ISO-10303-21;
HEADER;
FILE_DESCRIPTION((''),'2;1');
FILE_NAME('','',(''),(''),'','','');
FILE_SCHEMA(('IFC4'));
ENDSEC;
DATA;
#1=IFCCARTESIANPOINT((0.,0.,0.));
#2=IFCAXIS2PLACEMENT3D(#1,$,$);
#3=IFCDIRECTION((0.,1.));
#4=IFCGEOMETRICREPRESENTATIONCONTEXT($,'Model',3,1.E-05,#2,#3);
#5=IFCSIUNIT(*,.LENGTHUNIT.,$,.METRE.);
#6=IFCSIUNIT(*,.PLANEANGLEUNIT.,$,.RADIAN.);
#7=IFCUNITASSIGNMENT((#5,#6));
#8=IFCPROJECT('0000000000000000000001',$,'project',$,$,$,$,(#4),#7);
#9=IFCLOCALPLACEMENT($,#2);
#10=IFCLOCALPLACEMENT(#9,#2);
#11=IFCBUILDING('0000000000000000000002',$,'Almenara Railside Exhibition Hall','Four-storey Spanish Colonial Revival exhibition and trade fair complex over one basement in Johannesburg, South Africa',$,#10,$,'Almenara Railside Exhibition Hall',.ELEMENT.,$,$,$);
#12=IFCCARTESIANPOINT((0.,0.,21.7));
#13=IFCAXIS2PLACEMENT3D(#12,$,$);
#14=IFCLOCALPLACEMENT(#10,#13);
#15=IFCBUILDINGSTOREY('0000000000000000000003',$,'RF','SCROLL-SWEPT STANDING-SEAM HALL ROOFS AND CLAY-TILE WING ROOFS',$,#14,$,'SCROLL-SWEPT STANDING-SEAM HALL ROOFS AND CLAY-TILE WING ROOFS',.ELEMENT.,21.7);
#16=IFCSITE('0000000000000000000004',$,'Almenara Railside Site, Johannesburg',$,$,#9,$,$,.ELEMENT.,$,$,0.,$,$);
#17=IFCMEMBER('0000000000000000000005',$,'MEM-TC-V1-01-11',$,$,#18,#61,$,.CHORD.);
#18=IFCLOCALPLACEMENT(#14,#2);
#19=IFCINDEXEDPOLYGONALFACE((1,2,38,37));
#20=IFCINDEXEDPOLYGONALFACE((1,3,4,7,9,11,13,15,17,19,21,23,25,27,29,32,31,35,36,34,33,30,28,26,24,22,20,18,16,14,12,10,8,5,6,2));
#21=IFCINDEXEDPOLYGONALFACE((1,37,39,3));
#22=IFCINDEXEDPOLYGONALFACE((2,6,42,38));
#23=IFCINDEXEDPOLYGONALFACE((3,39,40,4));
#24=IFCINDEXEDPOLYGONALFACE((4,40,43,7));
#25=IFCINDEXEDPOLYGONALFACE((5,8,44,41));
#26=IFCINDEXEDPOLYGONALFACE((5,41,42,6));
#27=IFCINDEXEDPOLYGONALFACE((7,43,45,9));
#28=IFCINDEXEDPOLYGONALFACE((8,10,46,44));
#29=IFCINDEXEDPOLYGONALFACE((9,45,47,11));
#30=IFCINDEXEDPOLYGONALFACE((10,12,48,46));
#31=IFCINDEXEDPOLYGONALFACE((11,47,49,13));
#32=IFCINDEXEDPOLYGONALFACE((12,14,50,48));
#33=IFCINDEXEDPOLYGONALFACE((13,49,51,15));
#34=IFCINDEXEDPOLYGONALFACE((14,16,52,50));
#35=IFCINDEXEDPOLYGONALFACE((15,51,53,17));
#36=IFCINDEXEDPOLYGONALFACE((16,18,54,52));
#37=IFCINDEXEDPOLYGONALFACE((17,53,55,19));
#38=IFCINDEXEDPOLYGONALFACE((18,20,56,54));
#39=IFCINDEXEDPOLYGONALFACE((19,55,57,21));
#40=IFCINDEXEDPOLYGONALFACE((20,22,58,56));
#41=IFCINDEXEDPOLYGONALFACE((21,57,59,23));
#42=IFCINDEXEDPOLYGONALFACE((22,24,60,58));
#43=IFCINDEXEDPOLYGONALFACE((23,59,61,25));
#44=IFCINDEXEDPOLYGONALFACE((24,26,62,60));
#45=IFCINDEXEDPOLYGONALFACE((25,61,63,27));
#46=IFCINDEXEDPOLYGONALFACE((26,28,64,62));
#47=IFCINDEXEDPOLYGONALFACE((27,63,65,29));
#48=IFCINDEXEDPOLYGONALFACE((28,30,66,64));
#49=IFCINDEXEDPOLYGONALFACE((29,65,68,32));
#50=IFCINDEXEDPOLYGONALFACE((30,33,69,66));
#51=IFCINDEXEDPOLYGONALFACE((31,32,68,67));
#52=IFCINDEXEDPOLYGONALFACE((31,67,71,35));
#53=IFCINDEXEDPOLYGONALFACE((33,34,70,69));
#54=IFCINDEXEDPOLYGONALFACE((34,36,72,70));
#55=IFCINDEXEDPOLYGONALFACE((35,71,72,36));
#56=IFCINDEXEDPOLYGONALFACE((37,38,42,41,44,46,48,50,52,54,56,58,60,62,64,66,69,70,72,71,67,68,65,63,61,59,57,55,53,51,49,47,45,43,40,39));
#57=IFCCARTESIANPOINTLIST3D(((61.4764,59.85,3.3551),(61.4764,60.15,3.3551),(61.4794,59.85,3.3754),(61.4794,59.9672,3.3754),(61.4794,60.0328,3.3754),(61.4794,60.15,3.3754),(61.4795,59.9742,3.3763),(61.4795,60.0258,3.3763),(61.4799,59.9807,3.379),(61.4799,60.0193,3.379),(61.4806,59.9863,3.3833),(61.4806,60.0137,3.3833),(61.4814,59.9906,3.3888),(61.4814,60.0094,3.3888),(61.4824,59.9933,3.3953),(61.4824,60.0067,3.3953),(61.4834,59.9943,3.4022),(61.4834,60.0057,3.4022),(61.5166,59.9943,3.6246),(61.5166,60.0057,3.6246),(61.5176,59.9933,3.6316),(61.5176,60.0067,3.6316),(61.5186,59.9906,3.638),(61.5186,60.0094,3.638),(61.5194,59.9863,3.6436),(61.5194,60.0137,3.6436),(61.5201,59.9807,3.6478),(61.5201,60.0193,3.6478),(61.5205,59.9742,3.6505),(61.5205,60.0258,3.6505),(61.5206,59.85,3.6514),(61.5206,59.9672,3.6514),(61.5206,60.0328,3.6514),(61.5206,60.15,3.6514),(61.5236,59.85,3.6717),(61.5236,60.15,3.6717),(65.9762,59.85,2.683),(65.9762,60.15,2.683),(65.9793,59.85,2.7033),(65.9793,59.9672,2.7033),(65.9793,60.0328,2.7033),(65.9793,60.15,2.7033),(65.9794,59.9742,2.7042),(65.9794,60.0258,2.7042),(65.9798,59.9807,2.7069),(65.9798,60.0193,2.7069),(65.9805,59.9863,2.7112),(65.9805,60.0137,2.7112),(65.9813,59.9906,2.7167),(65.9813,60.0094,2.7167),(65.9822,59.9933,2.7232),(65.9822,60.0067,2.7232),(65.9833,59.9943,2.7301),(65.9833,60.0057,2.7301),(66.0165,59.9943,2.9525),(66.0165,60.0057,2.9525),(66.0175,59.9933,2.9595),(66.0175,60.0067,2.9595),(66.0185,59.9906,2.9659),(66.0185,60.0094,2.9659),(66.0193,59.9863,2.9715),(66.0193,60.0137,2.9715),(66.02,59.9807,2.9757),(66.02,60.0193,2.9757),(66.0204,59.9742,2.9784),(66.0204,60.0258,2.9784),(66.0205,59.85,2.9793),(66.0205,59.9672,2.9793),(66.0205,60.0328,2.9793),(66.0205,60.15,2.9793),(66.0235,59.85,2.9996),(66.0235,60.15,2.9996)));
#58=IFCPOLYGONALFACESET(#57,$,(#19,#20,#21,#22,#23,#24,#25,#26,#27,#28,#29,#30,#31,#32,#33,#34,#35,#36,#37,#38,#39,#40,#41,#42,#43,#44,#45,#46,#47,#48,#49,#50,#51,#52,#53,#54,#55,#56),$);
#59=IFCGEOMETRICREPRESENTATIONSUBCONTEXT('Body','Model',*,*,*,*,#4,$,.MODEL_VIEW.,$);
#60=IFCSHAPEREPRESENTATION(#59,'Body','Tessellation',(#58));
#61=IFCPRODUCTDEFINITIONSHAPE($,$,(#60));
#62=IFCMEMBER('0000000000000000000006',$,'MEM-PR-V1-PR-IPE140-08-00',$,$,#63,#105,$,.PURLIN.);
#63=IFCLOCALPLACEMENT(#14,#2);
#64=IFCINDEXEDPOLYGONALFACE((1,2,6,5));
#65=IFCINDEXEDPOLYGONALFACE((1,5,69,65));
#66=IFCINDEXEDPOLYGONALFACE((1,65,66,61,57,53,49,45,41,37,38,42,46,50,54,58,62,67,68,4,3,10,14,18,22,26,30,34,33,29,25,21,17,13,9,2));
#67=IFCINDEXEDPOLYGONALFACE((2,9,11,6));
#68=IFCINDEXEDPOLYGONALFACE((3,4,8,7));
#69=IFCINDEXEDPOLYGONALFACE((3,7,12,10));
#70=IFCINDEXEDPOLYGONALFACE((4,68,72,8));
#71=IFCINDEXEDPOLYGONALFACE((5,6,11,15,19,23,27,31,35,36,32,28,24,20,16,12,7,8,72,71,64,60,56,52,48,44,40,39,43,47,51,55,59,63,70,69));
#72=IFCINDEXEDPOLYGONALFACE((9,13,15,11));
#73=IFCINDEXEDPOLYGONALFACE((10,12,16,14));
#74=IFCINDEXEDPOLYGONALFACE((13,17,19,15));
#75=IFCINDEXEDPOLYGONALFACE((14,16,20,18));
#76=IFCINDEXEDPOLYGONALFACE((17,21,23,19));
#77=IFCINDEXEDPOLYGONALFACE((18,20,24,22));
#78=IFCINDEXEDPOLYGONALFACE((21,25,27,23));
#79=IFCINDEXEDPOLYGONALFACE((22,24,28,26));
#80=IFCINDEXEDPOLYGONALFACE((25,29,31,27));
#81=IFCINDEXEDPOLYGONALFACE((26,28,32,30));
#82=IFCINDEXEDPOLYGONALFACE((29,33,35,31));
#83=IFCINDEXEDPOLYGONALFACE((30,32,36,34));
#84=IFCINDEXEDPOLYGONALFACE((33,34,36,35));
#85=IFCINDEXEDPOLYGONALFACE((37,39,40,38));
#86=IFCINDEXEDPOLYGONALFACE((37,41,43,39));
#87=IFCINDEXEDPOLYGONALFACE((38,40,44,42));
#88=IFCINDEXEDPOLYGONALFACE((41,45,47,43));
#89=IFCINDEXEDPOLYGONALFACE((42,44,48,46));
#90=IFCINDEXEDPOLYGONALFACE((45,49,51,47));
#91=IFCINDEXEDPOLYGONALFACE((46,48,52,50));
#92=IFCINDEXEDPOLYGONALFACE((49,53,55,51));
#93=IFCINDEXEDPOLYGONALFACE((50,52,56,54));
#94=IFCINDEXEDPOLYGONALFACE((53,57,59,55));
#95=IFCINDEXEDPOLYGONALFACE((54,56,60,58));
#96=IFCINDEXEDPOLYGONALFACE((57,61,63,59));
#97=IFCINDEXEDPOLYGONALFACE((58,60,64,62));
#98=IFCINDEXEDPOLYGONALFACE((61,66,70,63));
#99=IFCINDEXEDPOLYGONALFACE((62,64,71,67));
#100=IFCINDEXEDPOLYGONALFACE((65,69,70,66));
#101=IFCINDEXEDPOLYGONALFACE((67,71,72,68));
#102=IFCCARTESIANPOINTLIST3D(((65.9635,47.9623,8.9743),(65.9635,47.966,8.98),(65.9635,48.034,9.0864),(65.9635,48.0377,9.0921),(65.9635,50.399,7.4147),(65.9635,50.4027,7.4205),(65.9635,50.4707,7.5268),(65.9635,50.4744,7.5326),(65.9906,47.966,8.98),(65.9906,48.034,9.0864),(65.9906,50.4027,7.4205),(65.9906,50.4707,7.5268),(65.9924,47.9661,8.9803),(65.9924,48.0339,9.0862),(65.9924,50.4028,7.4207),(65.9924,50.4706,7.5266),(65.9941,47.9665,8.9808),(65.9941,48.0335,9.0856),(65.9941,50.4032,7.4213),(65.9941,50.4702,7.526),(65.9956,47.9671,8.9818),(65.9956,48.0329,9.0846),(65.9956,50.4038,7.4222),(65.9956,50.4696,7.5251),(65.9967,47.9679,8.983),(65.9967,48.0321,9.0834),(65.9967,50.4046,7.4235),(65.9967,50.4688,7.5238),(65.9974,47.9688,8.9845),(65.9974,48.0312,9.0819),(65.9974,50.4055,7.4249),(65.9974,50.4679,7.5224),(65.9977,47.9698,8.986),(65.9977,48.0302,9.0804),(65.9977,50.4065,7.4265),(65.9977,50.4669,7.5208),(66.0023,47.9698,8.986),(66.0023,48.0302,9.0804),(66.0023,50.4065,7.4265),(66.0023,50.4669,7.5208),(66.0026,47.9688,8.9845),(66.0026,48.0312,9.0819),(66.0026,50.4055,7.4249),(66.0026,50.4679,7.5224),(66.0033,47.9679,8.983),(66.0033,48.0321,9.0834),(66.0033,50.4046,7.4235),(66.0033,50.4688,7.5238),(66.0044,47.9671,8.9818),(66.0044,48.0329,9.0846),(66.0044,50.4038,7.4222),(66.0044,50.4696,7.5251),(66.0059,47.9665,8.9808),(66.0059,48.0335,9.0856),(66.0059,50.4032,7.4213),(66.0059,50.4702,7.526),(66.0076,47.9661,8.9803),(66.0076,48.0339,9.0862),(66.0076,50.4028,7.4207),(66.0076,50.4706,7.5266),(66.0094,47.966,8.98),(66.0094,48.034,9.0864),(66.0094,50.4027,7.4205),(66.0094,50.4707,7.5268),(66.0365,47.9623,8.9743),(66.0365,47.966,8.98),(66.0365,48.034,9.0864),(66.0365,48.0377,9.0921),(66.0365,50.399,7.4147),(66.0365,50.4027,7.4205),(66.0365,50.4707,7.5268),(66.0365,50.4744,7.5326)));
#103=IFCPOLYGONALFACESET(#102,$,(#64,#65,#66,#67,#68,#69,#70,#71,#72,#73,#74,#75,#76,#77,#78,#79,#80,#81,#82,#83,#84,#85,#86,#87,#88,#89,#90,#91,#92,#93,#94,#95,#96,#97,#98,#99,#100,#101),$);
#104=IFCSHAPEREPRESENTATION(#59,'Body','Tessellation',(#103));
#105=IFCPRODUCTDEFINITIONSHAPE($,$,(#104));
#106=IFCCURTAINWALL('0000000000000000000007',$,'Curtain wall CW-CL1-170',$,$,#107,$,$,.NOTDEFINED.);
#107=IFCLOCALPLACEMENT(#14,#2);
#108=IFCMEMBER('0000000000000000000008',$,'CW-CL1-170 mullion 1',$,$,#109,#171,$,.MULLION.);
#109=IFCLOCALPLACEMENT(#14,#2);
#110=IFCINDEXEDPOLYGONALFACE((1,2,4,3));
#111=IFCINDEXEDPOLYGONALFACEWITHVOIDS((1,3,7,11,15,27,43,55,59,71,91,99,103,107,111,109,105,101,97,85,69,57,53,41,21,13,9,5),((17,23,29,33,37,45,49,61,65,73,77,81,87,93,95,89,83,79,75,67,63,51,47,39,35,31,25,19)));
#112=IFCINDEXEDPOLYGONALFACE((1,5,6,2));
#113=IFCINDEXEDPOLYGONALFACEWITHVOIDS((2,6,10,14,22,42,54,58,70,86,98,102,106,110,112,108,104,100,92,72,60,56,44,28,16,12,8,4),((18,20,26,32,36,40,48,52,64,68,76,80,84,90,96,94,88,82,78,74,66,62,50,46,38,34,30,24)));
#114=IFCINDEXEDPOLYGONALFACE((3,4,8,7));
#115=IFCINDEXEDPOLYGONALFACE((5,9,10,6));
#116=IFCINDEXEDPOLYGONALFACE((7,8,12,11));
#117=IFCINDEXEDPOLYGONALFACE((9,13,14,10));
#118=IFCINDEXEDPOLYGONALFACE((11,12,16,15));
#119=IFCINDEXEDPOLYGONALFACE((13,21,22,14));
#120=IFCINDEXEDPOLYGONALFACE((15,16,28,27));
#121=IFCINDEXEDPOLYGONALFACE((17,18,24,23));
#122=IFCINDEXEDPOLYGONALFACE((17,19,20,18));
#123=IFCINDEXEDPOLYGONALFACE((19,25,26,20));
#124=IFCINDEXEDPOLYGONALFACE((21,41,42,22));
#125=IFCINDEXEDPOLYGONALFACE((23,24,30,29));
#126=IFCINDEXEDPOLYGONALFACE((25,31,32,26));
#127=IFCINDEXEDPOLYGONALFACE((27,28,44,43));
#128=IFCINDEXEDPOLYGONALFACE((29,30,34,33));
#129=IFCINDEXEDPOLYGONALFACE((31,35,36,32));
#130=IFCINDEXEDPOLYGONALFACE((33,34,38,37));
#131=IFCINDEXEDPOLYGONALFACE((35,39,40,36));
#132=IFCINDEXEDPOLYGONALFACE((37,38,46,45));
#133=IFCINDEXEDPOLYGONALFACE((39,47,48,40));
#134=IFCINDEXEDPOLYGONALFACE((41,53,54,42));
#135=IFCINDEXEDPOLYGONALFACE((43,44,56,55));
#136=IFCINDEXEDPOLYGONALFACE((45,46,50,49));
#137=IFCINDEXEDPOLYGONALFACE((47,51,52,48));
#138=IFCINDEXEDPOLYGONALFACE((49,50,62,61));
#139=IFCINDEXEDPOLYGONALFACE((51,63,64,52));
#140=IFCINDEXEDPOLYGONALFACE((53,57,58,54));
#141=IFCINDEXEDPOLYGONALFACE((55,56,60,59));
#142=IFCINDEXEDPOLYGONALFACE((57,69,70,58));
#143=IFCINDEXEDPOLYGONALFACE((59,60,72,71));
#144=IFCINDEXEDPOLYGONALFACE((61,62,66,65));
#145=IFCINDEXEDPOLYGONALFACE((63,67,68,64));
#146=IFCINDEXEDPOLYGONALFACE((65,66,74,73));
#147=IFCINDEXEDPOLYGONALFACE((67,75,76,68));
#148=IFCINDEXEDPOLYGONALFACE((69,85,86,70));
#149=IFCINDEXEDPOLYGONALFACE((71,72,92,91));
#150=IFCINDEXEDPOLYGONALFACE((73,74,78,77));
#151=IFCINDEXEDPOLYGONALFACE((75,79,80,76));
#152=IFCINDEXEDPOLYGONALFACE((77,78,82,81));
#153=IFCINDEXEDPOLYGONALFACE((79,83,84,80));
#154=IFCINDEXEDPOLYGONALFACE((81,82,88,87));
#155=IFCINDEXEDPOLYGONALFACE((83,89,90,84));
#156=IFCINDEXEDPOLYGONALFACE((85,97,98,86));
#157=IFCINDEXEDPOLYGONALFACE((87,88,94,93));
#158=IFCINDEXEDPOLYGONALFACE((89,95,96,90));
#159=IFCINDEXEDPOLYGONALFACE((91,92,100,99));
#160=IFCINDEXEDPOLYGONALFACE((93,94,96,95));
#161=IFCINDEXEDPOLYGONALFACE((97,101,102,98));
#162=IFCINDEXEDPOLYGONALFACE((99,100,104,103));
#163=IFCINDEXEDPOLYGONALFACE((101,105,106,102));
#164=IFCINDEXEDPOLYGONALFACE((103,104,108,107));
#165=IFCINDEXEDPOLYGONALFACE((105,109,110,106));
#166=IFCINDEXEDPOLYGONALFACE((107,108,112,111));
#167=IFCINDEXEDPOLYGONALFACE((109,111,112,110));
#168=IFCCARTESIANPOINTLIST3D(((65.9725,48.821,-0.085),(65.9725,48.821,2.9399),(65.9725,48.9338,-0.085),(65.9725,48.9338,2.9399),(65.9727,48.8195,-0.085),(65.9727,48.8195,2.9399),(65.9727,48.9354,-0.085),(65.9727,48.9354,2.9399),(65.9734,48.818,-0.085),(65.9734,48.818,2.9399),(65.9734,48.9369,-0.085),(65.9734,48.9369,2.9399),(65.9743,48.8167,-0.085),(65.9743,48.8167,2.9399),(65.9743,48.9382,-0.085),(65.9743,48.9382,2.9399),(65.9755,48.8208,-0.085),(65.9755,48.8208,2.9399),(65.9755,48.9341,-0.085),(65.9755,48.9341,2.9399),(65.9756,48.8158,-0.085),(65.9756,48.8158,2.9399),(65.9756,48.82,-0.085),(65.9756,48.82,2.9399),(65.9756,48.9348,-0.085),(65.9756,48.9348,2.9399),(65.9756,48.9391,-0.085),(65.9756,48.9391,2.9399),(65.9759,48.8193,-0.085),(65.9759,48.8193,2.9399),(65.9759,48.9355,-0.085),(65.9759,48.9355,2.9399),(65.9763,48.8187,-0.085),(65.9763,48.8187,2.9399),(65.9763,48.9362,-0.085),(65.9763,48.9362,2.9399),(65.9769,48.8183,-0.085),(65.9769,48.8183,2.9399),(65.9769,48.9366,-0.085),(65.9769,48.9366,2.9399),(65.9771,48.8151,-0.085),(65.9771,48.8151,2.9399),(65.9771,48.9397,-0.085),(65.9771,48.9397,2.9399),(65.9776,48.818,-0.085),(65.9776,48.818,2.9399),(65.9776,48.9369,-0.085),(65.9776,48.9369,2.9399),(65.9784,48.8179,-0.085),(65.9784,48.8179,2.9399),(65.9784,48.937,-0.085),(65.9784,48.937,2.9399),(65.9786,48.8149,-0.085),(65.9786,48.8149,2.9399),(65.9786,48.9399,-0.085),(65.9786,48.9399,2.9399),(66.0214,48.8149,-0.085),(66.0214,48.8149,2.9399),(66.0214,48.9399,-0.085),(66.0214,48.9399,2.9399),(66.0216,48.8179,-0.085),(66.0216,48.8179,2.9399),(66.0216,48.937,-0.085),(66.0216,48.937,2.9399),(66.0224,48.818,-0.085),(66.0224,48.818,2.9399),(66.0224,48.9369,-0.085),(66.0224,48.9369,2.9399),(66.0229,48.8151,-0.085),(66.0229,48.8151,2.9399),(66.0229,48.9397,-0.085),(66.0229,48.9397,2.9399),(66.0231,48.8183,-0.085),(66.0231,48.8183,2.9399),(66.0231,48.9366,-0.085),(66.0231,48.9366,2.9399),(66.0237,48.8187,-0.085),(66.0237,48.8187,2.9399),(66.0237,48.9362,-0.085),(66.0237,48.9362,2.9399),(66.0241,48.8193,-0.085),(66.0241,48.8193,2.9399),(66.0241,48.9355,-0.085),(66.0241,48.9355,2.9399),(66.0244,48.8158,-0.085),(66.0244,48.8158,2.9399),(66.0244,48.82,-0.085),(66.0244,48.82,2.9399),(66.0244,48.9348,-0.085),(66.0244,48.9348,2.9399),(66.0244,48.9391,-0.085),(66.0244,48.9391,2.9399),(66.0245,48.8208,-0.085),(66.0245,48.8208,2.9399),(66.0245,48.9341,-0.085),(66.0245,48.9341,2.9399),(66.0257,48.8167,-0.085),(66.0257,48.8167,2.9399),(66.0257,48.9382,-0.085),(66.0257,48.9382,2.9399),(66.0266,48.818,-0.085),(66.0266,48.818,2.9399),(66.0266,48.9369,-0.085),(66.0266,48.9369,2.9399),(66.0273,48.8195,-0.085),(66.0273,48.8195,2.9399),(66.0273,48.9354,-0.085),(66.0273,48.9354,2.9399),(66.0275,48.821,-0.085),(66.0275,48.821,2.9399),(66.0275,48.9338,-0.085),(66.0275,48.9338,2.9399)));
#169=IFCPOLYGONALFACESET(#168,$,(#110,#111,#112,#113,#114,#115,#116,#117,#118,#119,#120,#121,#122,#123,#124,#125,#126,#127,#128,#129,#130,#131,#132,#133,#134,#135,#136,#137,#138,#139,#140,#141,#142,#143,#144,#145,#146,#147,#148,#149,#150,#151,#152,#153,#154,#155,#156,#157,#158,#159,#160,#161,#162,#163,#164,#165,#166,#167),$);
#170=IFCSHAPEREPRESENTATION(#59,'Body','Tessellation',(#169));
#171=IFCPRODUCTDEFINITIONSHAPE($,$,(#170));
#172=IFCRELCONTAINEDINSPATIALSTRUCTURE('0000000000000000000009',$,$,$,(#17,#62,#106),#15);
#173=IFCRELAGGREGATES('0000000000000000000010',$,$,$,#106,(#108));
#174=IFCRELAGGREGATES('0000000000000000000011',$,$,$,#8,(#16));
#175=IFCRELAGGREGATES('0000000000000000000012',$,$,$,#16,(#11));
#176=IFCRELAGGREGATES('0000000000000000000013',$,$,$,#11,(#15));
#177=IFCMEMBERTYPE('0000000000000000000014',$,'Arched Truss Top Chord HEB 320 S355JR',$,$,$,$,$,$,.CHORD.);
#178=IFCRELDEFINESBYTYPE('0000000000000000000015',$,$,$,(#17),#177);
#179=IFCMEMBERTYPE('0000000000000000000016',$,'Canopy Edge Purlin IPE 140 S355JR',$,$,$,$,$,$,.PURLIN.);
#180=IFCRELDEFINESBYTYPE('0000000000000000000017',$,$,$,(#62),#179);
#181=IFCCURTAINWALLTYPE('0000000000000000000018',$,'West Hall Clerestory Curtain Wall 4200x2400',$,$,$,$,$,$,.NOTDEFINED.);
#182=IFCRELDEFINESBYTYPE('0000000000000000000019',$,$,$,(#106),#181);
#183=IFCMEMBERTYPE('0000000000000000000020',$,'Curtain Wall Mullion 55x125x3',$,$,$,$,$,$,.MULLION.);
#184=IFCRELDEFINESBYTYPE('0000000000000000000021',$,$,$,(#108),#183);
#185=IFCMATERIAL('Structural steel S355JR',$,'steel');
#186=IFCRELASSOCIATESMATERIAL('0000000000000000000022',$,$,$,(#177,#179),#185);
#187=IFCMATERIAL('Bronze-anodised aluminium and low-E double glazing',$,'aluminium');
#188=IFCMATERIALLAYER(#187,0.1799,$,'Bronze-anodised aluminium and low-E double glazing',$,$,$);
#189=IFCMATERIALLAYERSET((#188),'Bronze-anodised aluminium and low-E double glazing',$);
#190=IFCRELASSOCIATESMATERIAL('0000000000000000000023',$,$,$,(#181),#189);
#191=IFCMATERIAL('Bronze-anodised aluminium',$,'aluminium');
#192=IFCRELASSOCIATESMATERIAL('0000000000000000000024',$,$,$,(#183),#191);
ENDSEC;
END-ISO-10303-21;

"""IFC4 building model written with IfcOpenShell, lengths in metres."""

from ifc_helpers import new_model, si_unit, direction, frame, origin, origin_2d, place, context, subcontext, project, spatial, hollow_rectangle, i_section, extrude, material, layer, layer_set, material_profile, profile_set, type_object, element, aggregate, save


model = new_model("IFC4")

# Units and contexts
model_context = context("Model", 3, precision=1e-05, world=origin(), true_north=direction((0.0, 1.0)))
body_context = subcontext(model_context, "Body", "Model", "MODEL_VIEW")
ifc_project = project(units=[si_unit("LENGTHUNIT", "METRE"), si_unit("PLANEANGLEUNIT", "RADIAN")], contexts=[model_context])

# Site, building, storey
site_placement = place(None, origin())
site = spatial("IfcSite", under=ifc_project, at=site_placement, Name="Almenara Railside Site, Johannesburg", CompositionType="ELEMENT", RefElevation=0.0)
building_placement = place(site_placement, origin())
building = spatial("IfcBuilding", under=site, at=building_placement, Name="Almenara Railside Exhibition Hall", Description="Four-storey Spanish Colonial Revival exhibition and trade fair complex over one basement in Johannesburg, South Africa", LongName="Almenara Railside Exhibition Hall", CompositionType="ELEMENT")
storey_placement = place(building_placement, frame((0.0, 0.0, 21.7)))
storey = spatial("IfcBuildingStorey", under=building, at=storey_placement, Name="RF", Description="SCROLL-SWEPT STANDING-SEAM HALL ROOFS AND CLAY-TILE WING ROOFS", LongName="SCROLL-SWEPT STANDING-SEAM HALL ROOFS AND CLAY-TILE WING ROOFS", CompositionType="ELEMENT", Elevation=21.7)

# Shared definitions
ifc_material_1 = material(Name="Structural steel S355JR", Category="steel")

# Members
ifc_material_profile_1 = material_profile(ifc_material_1, i_section(OverallWidth=0.3, OverallDepth=0.3201, WebThickness=0.0115, FlangeThickness=0.0205, FilletRadius=0.0271, at=origin_2d()), Name="HEB 320")
ifc_profile_set_1 = profile_set([ifc_material_profile_1], Name="Structural steel S355JR")
member_type_1 = type_object("IfcMemberType", Name="Arched Truss Top Chord HEB 320 S355JR", PredefinedType="CHORD", material=ifc_profile_set_1)
member_1_placement = place(storey_placement, frame((61.5, 60.0, 3.5134), z_axis=(0.989029, 0.0, -0.147721), x_axis=(0.0, 1.0, 0.0)))
element("IfcMember", 1, at=member_1_placement, inside=storey, type_object=member_type_1, Name="MEM-TC-V1-01-11", PredefinedType="CHORD", context=body_context, shape_type="SweptSolid", body=[
    extrude(i_section(OverallWidth=0.3, OverallDepth=0.3201, WebThickness=0.0115, FlangeThickness=0.0205, FilletRadius=0.0271, at=origin_2d()), origin(), (0.0, 0.0, 1.0), 4.5498),
])
ifc_material_profile_2 = material_profile(ifc_material_1, i_section(OverallWidth=0.073, OverallDepth=0.1399, WebThickness=0.0046, FlangeThickness=0.0068, FilletRadius=0.0071, at=origin_2d()), Name="IPE 140")
ifc_profile_set_2 = profile_set([ifc_material_profile_2], Name="Structural steel S355JR")
member_type_2 = type_object("IfcMemberType", Name="Canopy Edge Purlin IPE 140 S355JR", PredefinedType="PURLIN", material=ifc_profile_set_2)
member_2_placement = place(storey_placement, frame((66.0, 48.0, 9.0332), z_axis=(0.0, 0.842265, -0.539063), x_axis=(-1.0, 0.0, 0.0)))
element("IfcMember", 2, at=member_2_placement, inside=storey, type_object=member_type_2, Name="MEM-PR-V1-PR-IPE140-08-00", PredefinedType="PURLIN", context=body_context, shape_type="SweptSolid", body=[
    extrude(i_section(OverallWidth=0.073, OverallDepth=0.1399, WebThickness=0.0046, FlangeThickness=0.0068, FilletRadius=0.0071, at=origin_2d()), origin(), (0.0, 0.0, 1.0), 2.8931),
])

# Curtain wall, member
ifc_material_2 = material(Name="Bronze-anodised aluminium and low-E double glazing", Category="aluminium")
ifc_layer_1 = layer(ifc_material_2, 0.1799, Name="Bronze-anodised aluminium and low-E double glazing")
ifc_layer_set_1 = layer_set([ifc_layer_1], Name="Bronze-anodised aluminium and low-E double glazing")
curtain_wall_type = type_object("IfcCurtainWallType", Name="West Hall Clerestory Curtain Wall 4200x2400", PredefinedType="NOTDEFINED", material=ifc_layer_set_1)
curtain_wall_placement = place(storey_placement, origin())
curtain_wall = element("IfcCurtainWall", 3, at=curtain_wall_placement, inside=storey, type_object=curtain_wall_type, Name="Curtain wall CW-CL1-170", PredefinedType="NOTDEFINED")
ifc_material_3 = material(Name="Bronze-anodised aluminium", Category="aluminium")
ifc_material_profile_3 = material_profile(ifc_material_3, hollow_rectangle(XDim=0.0549, YDim=0.125, WallThickness=0.0029, InnerFilletRadius=0.0029, OuterFilletRadius=0.0061, at=origin_2d()), Name="ALU-MUL 55x125x3")
ifc_profile_set_3 = profile_set([ifc_material_profile_3], Name="Bronze-anodised aluminium")
member_type_3 = type_object("IfcMemberType", Name="Curtain Wall Mullion 55x125x3", PredefinedType="MULLION", material=ifc_profile_set_3)
member_3_placement = place(storey_placement, frame((66.0, 48.8774, -0.085), z_axis=(0.0, 0.0, 1.0), x_axis=(-1.0, 0.0, 0.0)))
member_3 = element("IfcMember", 4, at=member_3_placement, type_object=member_type_3, Name="CW-CL1-170 mullion 1", PredefinedType="MULLION", context=body_context, shape_type="SweptSolid", body=[
    extrude(hollow_rectangle(XDim=0.0549, YDim=0.125, WallThickness=0.0029, InnerFilletRadius=0.0029, OuterFilletRadius=0.0061, at=origin_2d()), origin(), (0.0, 0.0, 1.0), 3.0249),
])
aggregate(curtain_wall, [member_3])

save(model, "model.ifc")
